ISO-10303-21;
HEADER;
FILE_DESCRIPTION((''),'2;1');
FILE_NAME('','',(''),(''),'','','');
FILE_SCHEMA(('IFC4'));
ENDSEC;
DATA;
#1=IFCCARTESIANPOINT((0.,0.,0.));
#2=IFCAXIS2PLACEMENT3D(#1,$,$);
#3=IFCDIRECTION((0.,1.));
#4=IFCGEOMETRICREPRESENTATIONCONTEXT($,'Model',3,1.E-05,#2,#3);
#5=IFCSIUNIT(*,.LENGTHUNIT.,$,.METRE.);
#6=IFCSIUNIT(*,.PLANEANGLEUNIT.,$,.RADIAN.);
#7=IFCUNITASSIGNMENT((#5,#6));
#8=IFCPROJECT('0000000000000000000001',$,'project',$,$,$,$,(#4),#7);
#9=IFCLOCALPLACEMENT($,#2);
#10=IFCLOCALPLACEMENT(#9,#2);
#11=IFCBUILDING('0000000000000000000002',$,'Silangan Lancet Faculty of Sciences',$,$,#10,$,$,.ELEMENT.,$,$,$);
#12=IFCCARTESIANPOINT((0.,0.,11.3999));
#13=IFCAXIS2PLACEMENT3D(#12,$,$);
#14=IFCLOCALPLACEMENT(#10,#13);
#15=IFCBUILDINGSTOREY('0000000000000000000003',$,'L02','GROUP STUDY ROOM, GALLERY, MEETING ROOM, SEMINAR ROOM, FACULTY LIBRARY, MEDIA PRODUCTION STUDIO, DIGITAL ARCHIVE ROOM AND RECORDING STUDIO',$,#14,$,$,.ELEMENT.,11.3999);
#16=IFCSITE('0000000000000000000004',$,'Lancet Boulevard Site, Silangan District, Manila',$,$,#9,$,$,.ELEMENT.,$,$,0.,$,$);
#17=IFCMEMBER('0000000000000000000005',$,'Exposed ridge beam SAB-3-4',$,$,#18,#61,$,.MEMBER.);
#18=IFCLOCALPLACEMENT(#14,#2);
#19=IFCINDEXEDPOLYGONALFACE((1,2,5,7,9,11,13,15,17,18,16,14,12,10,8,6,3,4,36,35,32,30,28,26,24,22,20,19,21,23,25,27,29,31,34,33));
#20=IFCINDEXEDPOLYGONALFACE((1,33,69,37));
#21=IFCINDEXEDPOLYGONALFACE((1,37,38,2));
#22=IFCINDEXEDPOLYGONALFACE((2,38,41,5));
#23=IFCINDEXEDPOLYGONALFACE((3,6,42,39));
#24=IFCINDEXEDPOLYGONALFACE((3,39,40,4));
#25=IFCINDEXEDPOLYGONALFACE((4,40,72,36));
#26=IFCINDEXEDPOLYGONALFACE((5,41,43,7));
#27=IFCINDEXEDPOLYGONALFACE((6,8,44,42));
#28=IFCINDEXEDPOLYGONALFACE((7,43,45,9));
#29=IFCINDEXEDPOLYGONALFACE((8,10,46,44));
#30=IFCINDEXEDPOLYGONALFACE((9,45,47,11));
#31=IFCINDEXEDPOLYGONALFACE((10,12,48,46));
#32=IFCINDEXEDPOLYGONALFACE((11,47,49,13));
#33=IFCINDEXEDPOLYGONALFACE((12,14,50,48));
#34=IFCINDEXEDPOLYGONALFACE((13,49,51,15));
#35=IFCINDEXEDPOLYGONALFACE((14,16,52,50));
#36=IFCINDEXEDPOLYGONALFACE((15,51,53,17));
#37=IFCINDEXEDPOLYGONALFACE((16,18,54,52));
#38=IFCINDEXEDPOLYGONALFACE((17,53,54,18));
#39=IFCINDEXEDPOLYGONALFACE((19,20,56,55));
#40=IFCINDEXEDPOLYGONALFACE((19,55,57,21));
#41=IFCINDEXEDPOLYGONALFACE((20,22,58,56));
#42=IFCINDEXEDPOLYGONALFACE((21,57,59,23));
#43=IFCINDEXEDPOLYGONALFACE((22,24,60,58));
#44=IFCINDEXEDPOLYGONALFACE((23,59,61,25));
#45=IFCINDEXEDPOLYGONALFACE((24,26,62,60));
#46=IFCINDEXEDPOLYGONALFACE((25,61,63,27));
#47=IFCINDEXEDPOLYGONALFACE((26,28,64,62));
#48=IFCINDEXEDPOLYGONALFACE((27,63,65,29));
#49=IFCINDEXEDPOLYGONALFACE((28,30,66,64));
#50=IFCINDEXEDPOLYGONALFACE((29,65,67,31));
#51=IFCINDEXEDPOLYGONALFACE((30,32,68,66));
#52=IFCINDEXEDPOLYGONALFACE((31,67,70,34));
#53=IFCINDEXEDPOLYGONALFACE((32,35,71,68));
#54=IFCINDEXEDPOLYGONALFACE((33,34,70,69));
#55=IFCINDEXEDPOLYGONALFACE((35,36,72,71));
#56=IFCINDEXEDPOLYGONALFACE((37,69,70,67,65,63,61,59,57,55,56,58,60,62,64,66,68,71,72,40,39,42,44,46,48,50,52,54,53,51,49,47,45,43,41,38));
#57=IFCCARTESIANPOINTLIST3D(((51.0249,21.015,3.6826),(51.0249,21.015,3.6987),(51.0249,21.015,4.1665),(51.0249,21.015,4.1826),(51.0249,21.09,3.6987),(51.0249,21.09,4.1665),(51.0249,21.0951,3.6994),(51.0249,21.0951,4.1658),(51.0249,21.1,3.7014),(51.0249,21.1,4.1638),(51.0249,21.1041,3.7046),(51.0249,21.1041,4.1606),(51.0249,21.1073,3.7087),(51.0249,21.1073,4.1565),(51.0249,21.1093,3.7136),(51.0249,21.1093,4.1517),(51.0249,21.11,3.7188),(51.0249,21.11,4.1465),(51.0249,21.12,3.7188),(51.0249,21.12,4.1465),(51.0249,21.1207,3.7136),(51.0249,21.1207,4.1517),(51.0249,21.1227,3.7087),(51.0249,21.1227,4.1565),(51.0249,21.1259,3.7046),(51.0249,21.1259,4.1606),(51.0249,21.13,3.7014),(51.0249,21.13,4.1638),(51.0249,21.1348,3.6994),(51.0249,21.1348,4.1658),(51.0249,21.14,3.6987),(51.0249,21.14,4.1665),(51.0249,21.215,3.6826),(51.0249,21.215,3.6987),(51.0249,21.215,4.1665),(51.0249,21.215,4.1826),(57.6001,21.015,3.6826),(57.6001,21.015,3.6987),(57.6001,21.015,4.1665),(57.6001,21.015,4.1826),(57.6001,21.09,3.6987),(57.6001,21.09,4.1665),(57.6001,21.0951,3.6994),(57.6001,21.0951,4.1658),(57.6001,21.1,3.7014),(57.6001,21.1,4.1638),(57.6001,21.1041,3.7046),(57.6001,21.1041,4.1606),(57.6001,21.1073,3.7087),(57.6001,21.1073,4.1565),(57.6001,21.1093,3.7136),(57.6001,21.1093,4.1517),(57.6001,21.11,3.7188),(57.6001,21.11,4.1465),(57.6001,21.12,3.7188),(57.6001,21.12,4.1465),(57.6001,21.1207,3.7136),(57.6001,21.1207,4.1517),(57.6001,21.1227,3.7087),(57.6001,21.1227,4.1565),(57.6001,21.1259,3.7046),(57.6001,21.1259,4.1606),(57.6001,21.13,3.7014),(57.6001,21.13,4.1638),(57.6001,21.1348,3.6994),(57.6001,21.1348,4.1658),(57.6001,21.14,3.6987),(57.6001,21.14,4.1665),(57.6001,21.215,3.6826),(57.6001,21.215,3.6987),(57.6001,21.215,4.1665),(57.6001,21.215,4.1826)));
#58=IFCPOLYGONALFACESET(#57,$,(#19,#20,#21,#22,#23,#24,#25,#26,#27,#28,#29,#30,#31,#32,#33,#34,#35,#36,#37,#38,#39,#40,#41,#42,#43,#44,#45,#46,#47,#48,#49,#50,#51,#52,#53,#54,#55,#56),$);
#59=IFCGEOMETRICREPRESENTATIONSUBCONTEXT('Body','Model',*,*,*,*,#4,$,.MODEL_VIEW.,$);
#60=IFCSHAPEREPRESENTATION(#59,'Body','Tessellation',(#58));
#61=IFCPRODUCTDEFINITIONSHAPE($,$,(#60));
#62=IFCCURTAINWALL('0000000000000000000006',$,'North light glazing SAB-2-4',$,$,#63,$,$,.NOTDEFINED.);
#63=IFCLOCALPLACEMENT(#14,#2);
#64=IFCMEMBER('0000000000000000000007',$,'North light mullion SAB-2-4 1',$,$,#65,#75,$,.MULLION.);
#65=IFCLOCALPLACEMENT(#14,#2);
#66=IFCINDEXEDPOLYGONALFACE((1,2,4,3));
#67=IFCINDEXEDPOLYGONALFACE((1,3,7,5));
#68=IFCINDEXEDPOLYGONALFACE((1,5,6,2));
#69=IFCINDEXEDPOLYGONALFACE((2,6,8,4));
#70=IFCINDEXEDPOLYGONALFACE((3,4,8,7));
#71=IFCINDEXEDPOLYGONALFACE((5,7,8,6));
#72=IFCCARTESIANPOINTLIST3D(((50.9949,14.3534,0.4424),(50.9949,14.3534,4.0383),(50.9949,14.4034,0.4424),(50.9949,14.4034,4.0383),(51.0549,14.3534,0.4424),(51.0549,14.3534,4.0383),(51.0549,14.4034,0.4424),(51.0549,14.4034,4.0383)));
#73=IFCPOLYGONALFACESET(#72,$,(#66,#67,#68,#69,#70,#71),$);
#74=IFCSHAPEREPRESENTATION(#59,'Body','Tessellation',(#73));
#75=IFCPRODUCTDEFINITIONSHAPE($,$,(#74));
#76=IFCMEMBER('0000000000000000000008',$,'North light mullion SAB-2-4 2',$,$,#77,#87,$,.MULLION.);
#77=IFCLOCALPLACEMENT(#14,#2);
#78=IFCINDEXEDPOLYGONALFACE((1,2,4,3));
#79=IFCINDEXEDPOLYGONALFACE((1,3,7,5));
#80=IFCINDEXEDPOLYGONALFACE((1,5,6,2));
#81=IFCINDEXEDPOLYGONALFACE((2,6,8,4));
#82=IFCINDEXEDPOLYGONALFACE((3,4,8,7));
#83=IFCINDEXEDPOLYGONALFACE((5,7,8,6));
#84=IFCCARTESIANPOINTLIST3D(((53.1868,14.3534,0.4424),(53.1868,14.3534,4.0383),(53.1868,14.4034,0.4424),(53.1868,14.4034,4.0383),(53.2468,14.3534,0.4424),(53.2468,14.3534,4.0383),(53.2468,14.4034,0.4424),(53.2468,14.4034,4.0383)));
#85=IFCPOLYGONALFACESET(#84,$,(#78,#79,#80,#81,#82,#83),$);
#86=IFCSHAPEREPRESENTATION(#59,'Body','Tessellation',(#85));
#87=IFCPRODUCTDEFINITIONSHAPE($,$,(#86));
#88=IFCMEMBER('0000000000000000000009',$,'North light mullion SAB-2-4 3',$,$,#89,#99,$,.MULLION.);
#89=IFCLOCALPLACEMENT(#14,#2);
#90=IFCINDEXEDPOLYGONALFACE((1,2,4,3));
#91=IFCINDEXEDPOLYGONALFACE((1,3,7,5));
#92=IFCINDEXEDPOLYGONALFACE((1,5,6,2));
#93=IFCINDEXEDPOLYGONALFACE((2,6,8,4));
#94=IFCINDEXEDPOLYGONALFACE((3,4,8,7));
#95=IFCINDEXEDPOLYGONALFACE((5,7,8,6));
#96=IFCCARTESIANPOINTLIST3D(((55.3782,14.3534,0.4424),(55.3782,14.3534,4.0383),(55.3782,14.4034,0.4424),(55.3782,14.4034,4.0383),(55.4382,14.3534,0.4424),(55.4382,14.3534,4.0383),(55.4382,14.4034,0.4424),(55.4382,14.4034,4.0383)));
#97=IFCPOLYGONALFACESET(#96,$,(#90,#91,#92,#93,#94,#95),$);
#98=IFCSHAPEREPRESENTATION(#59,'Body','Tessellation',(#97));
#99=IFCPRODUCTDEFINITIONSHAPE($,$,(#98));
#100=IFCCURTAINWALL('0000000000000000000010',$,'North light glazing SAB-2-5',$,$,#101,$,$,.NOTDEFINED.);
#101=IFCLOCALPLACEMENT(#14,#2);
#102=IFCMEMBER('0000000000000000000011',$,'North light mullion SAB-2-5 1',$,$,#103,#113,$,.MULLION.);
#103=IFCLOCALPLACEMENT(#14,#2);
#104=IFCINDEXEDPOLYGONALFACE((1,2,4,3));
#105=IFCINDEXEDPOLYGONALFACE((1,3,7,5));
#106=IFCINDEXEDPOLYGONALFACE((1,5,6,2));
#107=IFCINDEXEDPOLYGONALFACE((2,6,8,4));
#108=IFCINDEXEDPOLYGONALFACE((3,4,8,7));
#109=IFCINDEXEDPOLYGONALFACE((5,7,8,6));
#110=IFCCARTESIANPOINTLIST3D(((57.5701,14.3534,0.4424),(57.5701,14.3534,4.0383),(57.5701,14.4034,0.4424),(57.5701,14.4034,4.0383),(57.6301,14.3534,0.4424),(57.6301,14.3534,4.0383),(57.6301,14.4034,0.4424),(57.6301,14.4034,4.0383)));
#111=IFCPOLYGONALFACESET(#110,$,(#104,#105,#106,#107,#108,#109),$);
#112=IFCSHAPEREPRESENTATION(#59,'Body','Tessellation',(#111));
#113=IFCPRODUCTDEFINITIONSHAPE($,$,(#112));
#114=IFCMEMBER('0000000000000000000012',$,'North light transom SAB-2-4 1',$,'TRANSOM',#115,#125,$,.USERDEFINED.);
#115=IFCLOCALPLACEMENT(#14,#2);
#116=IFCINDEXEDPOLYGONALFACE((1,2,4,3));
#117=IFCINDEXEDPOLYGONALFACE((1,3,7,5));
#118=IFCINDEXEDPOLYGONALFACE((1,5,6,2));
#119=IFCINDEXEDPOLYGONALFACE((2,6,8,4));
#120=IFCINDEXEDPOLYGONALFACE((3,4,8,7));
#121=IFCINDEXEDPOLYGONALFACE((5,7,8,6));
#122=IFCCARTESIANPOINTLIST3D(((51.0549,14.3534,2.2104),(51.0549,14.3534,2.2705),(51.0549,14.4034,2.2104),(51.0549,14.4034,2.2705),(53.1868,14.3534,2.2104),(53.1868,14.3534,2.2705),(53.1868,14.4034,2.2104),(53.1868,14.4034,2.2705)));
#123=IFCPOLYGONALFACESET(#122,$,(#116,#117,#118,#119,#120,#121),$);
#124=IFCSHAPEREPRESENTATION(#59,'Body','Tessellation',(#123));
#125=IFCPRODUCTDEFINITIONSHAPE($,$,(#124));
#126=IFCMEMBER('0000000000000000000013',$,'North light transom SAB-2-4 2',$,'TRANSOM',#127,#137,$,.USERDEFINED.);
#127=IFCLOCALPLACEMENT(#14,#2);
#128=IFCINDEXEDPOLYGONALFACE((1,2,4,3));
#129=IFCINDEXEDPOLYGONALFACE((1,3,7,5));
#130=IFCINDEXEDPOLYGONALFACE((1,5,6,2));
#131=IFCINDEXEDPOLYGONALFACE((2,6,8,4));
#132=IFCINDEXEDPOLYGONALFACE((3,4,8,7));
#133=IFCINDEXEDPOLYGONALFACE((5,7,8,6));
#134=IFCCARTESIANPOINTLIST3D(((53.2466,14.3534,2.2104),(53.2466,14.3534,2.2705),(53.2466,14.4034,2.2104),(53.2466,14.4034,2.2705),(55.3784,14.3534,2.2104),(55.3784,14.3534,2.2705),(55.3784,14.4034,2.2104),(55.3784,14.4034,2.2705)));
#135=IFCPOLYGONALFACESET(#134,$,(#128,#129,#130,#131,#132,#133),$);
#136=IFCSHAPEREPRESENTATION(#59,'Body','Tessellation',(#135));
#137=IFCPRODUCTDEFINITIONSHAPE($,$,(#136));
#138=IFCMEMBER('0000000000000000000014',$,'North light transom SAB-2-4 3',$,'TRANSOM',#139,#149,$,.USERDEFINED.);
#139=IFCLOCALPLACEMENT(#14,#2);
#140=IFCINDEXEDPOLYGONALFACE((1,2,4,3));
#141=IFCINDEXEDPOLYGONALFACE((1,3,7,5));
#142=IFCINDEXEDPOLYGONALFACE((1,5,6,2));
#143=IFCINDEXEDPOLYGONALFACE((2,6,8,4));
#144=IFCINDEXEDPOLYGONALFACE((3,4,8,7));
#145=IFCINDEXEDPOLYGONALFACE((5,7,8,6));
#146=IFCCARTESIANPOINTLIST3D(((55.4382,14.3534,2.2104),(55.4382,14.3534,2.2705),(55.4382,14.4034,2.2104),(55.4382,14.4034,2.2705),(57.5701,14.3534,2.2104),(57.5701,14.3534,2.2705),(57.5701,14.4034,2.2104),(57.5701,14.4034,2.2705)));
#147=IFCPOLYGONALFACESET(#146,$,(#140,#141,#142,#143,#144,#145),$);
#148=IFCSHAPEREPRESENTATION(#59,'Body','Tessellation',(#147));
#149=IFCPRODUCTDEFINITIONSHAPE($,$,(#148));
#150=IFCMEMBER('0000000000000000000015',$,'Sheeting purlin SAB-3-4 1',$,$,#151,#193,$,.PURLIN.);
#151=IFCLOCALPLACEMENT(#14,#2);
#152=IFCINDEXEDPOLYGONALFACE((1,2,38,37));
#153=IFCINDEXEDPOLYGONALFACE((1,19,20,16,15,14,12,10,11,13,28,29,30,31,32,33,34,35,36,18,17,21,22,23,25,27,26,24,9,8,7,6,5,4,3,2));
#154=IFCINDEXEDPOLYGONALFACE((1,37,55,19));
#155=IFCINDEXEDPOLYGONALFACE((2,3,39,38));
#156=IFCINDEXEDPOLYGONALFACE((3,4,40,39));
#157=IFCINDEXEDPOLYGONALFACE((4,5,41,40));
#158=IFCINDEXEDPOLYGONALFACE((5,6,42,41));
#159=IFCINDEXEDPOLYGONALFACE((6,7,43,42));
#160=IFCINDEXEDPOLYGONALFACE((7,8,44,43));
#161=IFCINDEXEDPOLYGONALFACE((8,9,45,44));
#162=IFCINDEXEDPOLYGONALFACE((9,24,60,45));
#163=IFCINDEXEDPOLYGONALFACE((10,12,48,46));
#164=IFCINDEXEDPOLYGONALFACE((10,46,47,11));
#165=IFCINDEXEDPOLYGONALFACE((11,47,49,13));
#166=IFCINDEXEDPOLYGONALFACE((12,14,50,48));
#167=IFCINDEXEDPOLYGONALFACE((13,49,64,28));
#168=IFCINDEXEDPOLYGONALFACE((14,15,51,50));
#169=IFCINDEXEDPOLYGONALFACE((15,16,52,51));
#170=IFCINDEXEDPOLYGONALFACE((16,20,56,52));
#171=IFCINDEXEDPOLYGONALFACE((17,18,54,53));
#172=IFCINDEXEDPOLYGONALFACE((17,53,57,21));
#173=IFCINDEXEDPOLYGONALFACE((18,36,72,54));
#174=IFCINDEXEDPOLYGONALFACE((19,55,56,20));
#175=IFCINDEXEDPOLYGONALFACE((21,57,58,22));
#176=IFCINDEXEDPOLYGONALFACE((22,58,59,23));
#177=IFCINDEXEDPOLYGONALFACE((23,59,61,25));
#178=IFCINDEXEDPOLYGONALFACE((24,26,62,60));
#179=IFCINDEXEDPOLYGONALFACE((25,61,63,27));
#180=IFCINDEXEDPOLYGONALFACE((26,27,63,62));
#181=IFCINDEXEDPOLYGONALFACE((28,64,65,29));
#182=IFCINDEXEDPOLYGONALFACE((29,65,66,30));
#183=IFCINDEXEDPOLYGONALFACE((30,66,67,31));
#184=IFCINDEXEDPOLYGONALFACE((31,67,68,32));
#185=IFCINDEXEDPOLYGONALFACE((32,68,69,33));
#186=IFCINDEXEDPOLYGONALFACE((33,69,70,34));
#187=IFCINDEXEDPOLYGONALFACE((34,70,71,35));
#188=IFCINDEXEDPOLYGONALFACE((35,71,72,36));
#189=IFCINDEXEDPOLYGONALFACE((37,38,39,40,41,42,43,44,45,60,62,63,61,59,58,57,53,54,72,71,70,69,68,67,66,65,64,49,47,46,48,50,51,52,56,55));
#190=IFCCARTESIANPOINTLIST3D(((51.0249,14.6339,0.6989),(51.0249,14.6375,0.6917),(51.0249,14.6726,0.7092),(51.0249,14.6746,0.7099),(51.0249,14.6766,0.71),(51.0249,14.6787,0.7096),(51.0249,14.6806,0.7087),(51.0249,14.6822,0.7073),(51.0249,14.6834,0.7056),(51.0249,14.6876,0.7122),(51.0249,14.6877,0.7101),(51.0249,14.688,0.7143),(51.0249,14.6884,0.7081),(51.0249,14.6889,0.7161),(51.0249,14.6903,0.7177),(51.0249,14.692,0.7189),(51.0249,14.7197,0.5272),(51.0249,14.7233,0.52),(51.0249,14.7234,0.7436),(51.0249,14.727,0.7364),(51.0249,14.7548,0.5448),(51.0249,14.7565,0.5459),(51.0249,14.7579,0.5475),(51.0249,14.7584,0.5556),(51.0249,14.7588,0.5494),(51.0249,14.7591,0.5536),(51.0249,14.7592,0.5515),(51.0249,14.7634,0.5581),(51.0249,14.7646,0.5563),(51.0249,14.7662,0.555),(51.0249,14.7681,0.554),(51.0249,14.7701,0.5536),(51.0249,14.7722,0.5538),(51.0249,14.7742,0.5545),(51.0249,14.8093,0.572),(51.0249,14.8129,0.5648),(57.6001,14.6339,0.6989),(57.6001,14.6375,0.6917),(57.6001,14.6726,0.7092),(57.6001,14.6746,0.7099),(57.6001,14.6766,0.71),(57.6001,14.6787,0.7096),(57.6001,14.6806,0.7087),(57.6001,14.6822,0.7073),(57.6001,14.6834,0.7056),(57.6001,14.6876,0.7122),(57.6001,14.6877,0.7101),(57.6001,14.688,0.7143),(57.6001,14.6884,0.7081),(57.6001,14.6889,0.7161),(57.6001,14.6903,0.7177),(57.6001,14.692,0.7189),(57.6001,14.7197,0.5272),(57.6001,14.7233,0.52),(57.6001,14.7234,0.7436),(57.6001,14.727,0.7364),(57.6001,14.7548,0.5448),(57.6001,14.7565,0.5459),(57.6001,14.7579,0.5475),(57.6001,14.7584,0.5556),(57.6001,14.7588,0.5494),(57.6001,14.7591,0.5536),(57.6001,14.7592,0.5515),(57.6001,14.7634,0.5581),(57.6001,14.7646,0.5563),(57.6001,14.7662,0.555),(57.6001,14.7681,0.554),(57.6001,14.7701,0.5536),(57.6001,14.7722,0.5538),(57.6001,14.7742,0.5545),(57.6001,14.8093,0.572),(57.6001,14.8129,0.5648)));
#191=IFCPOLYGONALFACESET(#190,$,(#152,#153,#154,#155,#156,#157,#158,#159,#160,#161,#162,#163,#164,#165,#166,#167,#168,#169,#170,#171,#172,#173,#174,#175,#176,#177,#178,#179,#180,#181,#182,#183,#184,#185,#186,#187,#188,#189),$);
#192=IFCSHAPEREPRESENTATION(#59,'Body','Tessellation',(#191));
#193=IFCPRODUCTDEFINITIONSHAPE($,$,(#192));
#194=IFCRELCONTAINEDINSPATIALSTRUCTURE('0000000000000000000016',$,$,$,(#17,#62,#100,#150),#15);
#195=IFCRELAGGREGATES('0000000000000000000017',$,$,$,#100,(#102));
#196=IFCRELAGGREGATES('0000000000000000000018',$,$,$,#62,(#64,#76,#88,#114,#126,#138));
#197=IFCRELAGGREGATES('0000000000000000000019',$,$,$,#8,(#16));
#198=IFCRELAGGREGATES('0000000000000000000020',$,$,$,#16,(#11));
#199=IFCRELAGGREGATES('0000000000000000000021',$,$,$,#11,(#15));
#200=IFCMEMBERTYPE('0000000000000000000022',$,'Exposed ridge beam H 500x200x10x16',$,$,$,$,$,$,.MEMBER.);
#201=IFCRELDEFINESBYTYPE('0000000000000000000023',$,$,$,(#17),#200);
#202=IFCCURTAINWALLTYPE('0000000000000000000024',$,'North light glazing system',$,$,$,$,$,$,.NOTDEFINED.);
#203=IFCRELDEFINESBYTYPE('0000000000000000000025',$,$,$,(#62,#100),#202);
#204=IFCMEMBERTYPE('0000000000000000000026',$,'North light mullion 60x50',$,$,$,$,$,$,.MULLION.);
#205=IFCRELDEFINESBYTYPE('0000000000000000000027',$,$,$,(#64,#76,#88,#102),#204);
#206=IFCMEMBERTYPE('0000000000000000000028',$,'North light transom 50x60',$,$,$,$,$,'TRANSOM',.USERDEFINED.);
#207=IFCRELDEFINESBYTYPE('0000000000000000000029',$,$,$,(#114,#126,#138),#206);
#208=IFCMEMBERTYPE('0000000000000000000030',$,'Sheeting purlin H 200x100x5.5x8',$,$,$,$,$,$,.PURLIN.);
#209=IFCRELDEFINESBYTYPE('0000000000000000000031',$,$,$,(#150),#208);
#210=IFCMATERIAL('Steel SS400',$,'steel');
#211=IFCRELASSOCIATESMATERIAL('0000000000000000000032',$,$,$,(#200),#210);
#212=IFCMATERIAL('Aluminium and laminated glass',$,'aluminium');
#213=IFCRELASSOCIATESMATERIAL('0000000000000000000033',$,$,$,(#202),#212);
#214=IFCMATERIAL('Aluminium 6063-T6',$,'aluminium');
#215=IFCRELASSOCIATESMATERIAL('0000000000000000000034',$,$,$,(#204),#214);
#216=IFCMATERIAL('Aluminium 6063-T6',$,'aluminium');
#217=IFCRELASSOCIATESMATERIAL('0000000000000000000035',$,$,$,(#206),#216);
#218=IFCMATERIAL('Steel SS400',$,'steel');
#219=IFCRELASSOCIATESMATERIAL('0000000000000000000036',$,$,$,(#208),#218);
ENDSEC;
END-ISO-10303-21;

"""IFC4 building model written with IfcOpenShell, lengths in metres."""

from ifc_helpers import new_model, si_unit, direction, frame, origin, origin_2d, place, context, subcontext, project, spatial, rectangle, i_section, extrude, material, material_profile, profile_set, type_object, element, aggregate, save


model = new_model("IFC4")

# Units and contexts
model_context = context("Model", 3, precision=1e-05, world=origin(), true_north=direction((0.0, 1.0)))
body_context = subcontext(model_context, "Body", "Model", "MODEL_VIEW")
ifc_project = project(units=[si_unit("LENGTHUNIT", "METRE"), si_unit("PLANEANGLEUNIT", "RADIAN")], contexts=[model_context])

# Site, building, storey
site_placement = place(None, origin())
site = spatial("IfcSite", under=ifc_project, at=site_placement, Name="Lancet Boulevard Site, Silangan District, Manila", CompositionType="ELEMENT", RefElevation=0.0)
building_placement = place(site_placement, origin())
building = spatial("IfcBuilding", under=site, at=building_placement, Name="Silangan Lancet Faculty of Sciences", CompositionType="ELEMENT")
storey_placement = place(building_placement, frame((0.0, 0.0, 11.3999)))
storey = spatial("IfcBuildingStorey", under=building, at=storey_placement, Name="L02", Description="GROUP STUDY ROOM, GALLERY, MEETING ROOM, SEMINAR ROOM, FACULTY LIBRARY, MEDIA PRODUCTION STUDIO, DIGITAL ARCHIVE ROOM AND RECORDING STUDIO", CompositionType="ELEMENT", Elevation=11.3999)

# Member
ifc_material_1 = material(Name="Steel SS400", Category="steel")
ifc_material_profile_1 = material_profile(ifc_material_1, i_section(OverallWidth=0.2, OverallDepth=0.5, WebThickness=0.01, FlangeThickness=0.0161, FilletRadius=0.02, at=origin_2d()), Name="H 500x200x10x16")
ifc_profile_set_1 = profile_set([ifc_material_profile_1], Name="Steel SS400")
member_type_1 = type_object("IfcMemberType", Name="Exposed ridge beam H 500x200x10x16", PredefinedType="MEMBER", material=ifc_profile_set_1)
member_1_placement = place(storey_placement, frame((51.0249, 21.115, 3.9326), z_axis=(1.0, 0.0, 0.0), x_axis=(0.0, 1.0, 0.0)))
element("IfcMember", 1, at=member_1_placement, inside=storey, type_object=member_type_1, Name="Exposed ridge beam SAB-3-4", PredefinedType="MEMBER", context=body_context, shape_type="SweptSolid", body=[
    extrude(i_section(OverallWidth=0.2, OverallDepth=0.5, WebThickness=0.01, FlangeThickness=0.0161, FilletRadius=0.02, at=origin_2d()), origin(), (0.0, 0.0, 1.0), 6.5752),
])

# Curtain wall, members
ifc_material_2 = material(Name="Aluminium and laminated glass", Category="aluminium")
curtain_wall_type = type_object("IfcCurtainWallType", Name="North light glazing system", PredefinedType="NOTDEFINED", material=ifc_material_2)
curtain_wall_1_placement = place(storey_placement, origin())
curtain_wall_1 = element("IfcCurtainWall", 2, at=curtain_wall_1_placement, inside=storey, type_object=curtain_wall_type, Name="North light glazing SAB-2-4", PredefinedType="NOTDEFINED")
ifc_material_3 = material(Name="Aluminium 6063-T6", Category="aluminium")
ifc_material_profile_2 = material_profile(ifc_material_3, rectangle(XDim=0.0601, YDim=0.05, at=origin_2d()), Name="AL 60x50")
ifc_profile_set_2 = profile_set([ifc_material_profile_2], Name="Aluminium 6063-T6")
member_type_2 = type_object("IfcMemberType", Name="North light mullion 60x50", PredefinedType="MULLION", material=ifc_profile_set_2)
member_2_placement = place(storey_placement, frame((51.0249, 14.3784, 0.4424), z_axis=(0.0, 0.0, 1.0), x_axis=(1.0, 0.0, 0.0)))
member_2 = element("IfcMember", 3, at=member_2_placement, type_object=member_type_2, Name="North light mullion SAB-2-4 1", PredefinedType="MULLION", context=body_context, shape_type="SweptSolid", body=[
    extrude(rectangle(XDim=0.0601, YDim=0.05, at=origin_2d()), origin(), (0.0, 0.0, 1.0), 3.5959),
])
member_3_placement = place(storey_placement, frame((53.2168, 14.3784, 0.4424), z_axis=(0.0, 0.0, 1.0), x_axis=(1.0, 0.0, 0.0)))
member_3 = element("IfcMember", 4, at=member_3_placement, type_object=member_type_2, Name="North light mullion SAB-2-4 2", PredefinedType="MULLION", context=body_context, shape_type="SweptSolid", body=[
    extrude(rectangle(XDim=0.0601, YDim=0.05, at=origin_2d()), origin(), (0.0, 0.0, 1.0), 3.5959),
])
member_4_placement = place(storey_placement, frame((55.4082, 14.3784, 0.4424), z_axis=(0.0, 0.0, 1.0), x_axis=(1.0, 0.0, 0.0)))
member_4 = element("IfcMember", 5, at=member_4_placement, type_object=member_type_2, Name="North light mullion SAB-2-4 3", PredefinedType="MULLION", context=body_context, shape_type="SweptSolid", body=[
    extrude(rectangle(XDim=0.0601, YDim=0.05, at=origin_2d()), origin(), (0.0, 0.0, 1.0), 3.5959),
])

# Curtain wall, member
curtain_wall_2_placement = place(storey_placement, origin())
curtain_wall_2 = element("IfcCurtainWall", 6, at=curtain_wall_2_placement, inside=storey, type_object=curtain_wall_type, Name="North light glazing SAB-2-5", PredefinedType="NOTDEFINED")
member_5_placement = place(storey_placement, frame((57.6001, 14.3784, 0.4424), z_axis=(0.0, 0.0, 1.0), x_axis=(1.0, 0.0, 0.0)))
member_5 = element("IfcMember", 7, at=member_5_placement, type_object=member_type_2, Name="North light mullion SAB-2-5 1", PredefinedType="MULLION", context=body_context, shape_type="SweptSolid", body=[
    extrude(rectangle(XDim=0.0601, YDim=0.05, at=origin_2d()), origin(), (0.0, 0.0, 1.0), 3.5959),
])
aggregate(curtain_wall_2, [member_5])

# Members
ifc_material_4 = material(Name="Aluminium 6063-T6", Category="aluminium")
ifc_material_profile_3 = material_profile(ifc_material_4, rectangle(XDim=0.05, YDim=0.0601, at=origin_2d()), Name="AL 50x60")
ifc_profile_set_3 = profile_set([ifc_material_profile_3], Name="Aluminium 6063-T6")
member_type_3 = type_object("IfcMemberType", Name="North light transom 50x60", ElementType="TRANSOM", PredefinedType="USERDEFINED", material=ifc_profile_set_3)
member_6_placement = place(storey_placement, frame((51.0549, 14.3784, 2.2405), z_axis=(1.0, 0.0, 0.0), x_axis=(0.0, 1.0, 0.0)))
member_6 = element("IfcMember", 8, at=member_6_placement, type_object=member_type_3, Name="North light transom SAB-2-4 1", ObjectType="TRANSOM", PredefinedType="USERDEFINED", context=body_context, shape_type="SweptSolid", body=[
    extrude(rectangle(XDim=0.05, YDim=0.0601, at=origin_2d()), origin(), (0.0, 0.0, 1.0), 2.1318),
])
member_7_placement = place(storey_placement, frame((53.2466, 14.3784, 2.2405), z_axis=(1.0, 0.0, 0.0), x_axis=(0.0, 1.0, 0.0)))
member_7 = element("IfcMember", 9, at=member_7_placement, type_object=member_type_3, Name="North light transom SAB-2-4 2", ObjectType="TRANSOM", PredefinedType="USERDEFINED", context=body_context, shape_type="SweptSolid", body=[
    extrude(rectangle(XDim=0.05, YDim=0.0601, at=origin_2d()), origin(), (0.0, 0.0, 1.0), 2.1318),
])
member_8_placement = place(storey_placement, frame((55.4382, 14.3784, 2.2405), z_axis=(1.0, 0.0, 0.0), x_axis=(0.0, 1.0, 0.0)))
member_8 = element("IfcMember", 10, at=member_8_placement, type_object=member_type_3, Name="North light transom SAB-2-4 3", ObjectType="TRANSOM", PredefinedType="USERDEFINED", context=body_context, shape_type="SweptSolid", body=[
    extrude(rectangle(XDim=0.05, YDim=0.0601, at=origin_2d()), origin(), (0.0, 0.0, 1.0), 2.1318),
])

# Member
ifc_material_5 = material(Name="Steel SS400", Category="steel")
ifc_material_profile_4 = material_profile(ifc_material_5, i_section(OverallWidth=0.1001, OverallDepth=0.2, WebThickness=0.0056, FlangeThickness=0.0081, FilletRadius=0.0081, at=origin_2d()), Name="H 200x100x5.5x8")
ifc_profile_set_4 = profile_set([ifc_material_profile_4], Name="Steel SS400")
member_type_4 = type_object("IfcMemberType", Name="Sheeting purlin H 200x100x5.5x8", PredefinedType="PURLIN", material=ifc_profile_set_4)
for number, where, z_axis, x_axis, name in (
    (11, (51.0249, 14.7234, 0.6318), (1.0, 0.0, 0.0), (0.0, 0.894427, 0.447214), "Sheeting purlin SAB-3-4 1"),
):
    element("IfcMember", number, at=place(storey_placement, frame(where, z_axis=z_axis, x_axis=x_axis)), inside=storey, type_object=member_type_4, Name=name, PredefinedType="PURLIN", context=body_context, shape_type="SweptSolid", body=[
        extrude(i_section(OverallWidth=0.1001, OverallDepth=0.2, WebThickness=0.0056, FlangeThickness=0.0081, FilletRadius=0.0081, at=origin_2d()), origin(), (0.0, 0.0, 1.0), 6.5752),
    ])

aggregate(curtain_wall_1, [member_2, member_3, member_4, member_6, member_7, member_8])

save(model, "model.ifc")
